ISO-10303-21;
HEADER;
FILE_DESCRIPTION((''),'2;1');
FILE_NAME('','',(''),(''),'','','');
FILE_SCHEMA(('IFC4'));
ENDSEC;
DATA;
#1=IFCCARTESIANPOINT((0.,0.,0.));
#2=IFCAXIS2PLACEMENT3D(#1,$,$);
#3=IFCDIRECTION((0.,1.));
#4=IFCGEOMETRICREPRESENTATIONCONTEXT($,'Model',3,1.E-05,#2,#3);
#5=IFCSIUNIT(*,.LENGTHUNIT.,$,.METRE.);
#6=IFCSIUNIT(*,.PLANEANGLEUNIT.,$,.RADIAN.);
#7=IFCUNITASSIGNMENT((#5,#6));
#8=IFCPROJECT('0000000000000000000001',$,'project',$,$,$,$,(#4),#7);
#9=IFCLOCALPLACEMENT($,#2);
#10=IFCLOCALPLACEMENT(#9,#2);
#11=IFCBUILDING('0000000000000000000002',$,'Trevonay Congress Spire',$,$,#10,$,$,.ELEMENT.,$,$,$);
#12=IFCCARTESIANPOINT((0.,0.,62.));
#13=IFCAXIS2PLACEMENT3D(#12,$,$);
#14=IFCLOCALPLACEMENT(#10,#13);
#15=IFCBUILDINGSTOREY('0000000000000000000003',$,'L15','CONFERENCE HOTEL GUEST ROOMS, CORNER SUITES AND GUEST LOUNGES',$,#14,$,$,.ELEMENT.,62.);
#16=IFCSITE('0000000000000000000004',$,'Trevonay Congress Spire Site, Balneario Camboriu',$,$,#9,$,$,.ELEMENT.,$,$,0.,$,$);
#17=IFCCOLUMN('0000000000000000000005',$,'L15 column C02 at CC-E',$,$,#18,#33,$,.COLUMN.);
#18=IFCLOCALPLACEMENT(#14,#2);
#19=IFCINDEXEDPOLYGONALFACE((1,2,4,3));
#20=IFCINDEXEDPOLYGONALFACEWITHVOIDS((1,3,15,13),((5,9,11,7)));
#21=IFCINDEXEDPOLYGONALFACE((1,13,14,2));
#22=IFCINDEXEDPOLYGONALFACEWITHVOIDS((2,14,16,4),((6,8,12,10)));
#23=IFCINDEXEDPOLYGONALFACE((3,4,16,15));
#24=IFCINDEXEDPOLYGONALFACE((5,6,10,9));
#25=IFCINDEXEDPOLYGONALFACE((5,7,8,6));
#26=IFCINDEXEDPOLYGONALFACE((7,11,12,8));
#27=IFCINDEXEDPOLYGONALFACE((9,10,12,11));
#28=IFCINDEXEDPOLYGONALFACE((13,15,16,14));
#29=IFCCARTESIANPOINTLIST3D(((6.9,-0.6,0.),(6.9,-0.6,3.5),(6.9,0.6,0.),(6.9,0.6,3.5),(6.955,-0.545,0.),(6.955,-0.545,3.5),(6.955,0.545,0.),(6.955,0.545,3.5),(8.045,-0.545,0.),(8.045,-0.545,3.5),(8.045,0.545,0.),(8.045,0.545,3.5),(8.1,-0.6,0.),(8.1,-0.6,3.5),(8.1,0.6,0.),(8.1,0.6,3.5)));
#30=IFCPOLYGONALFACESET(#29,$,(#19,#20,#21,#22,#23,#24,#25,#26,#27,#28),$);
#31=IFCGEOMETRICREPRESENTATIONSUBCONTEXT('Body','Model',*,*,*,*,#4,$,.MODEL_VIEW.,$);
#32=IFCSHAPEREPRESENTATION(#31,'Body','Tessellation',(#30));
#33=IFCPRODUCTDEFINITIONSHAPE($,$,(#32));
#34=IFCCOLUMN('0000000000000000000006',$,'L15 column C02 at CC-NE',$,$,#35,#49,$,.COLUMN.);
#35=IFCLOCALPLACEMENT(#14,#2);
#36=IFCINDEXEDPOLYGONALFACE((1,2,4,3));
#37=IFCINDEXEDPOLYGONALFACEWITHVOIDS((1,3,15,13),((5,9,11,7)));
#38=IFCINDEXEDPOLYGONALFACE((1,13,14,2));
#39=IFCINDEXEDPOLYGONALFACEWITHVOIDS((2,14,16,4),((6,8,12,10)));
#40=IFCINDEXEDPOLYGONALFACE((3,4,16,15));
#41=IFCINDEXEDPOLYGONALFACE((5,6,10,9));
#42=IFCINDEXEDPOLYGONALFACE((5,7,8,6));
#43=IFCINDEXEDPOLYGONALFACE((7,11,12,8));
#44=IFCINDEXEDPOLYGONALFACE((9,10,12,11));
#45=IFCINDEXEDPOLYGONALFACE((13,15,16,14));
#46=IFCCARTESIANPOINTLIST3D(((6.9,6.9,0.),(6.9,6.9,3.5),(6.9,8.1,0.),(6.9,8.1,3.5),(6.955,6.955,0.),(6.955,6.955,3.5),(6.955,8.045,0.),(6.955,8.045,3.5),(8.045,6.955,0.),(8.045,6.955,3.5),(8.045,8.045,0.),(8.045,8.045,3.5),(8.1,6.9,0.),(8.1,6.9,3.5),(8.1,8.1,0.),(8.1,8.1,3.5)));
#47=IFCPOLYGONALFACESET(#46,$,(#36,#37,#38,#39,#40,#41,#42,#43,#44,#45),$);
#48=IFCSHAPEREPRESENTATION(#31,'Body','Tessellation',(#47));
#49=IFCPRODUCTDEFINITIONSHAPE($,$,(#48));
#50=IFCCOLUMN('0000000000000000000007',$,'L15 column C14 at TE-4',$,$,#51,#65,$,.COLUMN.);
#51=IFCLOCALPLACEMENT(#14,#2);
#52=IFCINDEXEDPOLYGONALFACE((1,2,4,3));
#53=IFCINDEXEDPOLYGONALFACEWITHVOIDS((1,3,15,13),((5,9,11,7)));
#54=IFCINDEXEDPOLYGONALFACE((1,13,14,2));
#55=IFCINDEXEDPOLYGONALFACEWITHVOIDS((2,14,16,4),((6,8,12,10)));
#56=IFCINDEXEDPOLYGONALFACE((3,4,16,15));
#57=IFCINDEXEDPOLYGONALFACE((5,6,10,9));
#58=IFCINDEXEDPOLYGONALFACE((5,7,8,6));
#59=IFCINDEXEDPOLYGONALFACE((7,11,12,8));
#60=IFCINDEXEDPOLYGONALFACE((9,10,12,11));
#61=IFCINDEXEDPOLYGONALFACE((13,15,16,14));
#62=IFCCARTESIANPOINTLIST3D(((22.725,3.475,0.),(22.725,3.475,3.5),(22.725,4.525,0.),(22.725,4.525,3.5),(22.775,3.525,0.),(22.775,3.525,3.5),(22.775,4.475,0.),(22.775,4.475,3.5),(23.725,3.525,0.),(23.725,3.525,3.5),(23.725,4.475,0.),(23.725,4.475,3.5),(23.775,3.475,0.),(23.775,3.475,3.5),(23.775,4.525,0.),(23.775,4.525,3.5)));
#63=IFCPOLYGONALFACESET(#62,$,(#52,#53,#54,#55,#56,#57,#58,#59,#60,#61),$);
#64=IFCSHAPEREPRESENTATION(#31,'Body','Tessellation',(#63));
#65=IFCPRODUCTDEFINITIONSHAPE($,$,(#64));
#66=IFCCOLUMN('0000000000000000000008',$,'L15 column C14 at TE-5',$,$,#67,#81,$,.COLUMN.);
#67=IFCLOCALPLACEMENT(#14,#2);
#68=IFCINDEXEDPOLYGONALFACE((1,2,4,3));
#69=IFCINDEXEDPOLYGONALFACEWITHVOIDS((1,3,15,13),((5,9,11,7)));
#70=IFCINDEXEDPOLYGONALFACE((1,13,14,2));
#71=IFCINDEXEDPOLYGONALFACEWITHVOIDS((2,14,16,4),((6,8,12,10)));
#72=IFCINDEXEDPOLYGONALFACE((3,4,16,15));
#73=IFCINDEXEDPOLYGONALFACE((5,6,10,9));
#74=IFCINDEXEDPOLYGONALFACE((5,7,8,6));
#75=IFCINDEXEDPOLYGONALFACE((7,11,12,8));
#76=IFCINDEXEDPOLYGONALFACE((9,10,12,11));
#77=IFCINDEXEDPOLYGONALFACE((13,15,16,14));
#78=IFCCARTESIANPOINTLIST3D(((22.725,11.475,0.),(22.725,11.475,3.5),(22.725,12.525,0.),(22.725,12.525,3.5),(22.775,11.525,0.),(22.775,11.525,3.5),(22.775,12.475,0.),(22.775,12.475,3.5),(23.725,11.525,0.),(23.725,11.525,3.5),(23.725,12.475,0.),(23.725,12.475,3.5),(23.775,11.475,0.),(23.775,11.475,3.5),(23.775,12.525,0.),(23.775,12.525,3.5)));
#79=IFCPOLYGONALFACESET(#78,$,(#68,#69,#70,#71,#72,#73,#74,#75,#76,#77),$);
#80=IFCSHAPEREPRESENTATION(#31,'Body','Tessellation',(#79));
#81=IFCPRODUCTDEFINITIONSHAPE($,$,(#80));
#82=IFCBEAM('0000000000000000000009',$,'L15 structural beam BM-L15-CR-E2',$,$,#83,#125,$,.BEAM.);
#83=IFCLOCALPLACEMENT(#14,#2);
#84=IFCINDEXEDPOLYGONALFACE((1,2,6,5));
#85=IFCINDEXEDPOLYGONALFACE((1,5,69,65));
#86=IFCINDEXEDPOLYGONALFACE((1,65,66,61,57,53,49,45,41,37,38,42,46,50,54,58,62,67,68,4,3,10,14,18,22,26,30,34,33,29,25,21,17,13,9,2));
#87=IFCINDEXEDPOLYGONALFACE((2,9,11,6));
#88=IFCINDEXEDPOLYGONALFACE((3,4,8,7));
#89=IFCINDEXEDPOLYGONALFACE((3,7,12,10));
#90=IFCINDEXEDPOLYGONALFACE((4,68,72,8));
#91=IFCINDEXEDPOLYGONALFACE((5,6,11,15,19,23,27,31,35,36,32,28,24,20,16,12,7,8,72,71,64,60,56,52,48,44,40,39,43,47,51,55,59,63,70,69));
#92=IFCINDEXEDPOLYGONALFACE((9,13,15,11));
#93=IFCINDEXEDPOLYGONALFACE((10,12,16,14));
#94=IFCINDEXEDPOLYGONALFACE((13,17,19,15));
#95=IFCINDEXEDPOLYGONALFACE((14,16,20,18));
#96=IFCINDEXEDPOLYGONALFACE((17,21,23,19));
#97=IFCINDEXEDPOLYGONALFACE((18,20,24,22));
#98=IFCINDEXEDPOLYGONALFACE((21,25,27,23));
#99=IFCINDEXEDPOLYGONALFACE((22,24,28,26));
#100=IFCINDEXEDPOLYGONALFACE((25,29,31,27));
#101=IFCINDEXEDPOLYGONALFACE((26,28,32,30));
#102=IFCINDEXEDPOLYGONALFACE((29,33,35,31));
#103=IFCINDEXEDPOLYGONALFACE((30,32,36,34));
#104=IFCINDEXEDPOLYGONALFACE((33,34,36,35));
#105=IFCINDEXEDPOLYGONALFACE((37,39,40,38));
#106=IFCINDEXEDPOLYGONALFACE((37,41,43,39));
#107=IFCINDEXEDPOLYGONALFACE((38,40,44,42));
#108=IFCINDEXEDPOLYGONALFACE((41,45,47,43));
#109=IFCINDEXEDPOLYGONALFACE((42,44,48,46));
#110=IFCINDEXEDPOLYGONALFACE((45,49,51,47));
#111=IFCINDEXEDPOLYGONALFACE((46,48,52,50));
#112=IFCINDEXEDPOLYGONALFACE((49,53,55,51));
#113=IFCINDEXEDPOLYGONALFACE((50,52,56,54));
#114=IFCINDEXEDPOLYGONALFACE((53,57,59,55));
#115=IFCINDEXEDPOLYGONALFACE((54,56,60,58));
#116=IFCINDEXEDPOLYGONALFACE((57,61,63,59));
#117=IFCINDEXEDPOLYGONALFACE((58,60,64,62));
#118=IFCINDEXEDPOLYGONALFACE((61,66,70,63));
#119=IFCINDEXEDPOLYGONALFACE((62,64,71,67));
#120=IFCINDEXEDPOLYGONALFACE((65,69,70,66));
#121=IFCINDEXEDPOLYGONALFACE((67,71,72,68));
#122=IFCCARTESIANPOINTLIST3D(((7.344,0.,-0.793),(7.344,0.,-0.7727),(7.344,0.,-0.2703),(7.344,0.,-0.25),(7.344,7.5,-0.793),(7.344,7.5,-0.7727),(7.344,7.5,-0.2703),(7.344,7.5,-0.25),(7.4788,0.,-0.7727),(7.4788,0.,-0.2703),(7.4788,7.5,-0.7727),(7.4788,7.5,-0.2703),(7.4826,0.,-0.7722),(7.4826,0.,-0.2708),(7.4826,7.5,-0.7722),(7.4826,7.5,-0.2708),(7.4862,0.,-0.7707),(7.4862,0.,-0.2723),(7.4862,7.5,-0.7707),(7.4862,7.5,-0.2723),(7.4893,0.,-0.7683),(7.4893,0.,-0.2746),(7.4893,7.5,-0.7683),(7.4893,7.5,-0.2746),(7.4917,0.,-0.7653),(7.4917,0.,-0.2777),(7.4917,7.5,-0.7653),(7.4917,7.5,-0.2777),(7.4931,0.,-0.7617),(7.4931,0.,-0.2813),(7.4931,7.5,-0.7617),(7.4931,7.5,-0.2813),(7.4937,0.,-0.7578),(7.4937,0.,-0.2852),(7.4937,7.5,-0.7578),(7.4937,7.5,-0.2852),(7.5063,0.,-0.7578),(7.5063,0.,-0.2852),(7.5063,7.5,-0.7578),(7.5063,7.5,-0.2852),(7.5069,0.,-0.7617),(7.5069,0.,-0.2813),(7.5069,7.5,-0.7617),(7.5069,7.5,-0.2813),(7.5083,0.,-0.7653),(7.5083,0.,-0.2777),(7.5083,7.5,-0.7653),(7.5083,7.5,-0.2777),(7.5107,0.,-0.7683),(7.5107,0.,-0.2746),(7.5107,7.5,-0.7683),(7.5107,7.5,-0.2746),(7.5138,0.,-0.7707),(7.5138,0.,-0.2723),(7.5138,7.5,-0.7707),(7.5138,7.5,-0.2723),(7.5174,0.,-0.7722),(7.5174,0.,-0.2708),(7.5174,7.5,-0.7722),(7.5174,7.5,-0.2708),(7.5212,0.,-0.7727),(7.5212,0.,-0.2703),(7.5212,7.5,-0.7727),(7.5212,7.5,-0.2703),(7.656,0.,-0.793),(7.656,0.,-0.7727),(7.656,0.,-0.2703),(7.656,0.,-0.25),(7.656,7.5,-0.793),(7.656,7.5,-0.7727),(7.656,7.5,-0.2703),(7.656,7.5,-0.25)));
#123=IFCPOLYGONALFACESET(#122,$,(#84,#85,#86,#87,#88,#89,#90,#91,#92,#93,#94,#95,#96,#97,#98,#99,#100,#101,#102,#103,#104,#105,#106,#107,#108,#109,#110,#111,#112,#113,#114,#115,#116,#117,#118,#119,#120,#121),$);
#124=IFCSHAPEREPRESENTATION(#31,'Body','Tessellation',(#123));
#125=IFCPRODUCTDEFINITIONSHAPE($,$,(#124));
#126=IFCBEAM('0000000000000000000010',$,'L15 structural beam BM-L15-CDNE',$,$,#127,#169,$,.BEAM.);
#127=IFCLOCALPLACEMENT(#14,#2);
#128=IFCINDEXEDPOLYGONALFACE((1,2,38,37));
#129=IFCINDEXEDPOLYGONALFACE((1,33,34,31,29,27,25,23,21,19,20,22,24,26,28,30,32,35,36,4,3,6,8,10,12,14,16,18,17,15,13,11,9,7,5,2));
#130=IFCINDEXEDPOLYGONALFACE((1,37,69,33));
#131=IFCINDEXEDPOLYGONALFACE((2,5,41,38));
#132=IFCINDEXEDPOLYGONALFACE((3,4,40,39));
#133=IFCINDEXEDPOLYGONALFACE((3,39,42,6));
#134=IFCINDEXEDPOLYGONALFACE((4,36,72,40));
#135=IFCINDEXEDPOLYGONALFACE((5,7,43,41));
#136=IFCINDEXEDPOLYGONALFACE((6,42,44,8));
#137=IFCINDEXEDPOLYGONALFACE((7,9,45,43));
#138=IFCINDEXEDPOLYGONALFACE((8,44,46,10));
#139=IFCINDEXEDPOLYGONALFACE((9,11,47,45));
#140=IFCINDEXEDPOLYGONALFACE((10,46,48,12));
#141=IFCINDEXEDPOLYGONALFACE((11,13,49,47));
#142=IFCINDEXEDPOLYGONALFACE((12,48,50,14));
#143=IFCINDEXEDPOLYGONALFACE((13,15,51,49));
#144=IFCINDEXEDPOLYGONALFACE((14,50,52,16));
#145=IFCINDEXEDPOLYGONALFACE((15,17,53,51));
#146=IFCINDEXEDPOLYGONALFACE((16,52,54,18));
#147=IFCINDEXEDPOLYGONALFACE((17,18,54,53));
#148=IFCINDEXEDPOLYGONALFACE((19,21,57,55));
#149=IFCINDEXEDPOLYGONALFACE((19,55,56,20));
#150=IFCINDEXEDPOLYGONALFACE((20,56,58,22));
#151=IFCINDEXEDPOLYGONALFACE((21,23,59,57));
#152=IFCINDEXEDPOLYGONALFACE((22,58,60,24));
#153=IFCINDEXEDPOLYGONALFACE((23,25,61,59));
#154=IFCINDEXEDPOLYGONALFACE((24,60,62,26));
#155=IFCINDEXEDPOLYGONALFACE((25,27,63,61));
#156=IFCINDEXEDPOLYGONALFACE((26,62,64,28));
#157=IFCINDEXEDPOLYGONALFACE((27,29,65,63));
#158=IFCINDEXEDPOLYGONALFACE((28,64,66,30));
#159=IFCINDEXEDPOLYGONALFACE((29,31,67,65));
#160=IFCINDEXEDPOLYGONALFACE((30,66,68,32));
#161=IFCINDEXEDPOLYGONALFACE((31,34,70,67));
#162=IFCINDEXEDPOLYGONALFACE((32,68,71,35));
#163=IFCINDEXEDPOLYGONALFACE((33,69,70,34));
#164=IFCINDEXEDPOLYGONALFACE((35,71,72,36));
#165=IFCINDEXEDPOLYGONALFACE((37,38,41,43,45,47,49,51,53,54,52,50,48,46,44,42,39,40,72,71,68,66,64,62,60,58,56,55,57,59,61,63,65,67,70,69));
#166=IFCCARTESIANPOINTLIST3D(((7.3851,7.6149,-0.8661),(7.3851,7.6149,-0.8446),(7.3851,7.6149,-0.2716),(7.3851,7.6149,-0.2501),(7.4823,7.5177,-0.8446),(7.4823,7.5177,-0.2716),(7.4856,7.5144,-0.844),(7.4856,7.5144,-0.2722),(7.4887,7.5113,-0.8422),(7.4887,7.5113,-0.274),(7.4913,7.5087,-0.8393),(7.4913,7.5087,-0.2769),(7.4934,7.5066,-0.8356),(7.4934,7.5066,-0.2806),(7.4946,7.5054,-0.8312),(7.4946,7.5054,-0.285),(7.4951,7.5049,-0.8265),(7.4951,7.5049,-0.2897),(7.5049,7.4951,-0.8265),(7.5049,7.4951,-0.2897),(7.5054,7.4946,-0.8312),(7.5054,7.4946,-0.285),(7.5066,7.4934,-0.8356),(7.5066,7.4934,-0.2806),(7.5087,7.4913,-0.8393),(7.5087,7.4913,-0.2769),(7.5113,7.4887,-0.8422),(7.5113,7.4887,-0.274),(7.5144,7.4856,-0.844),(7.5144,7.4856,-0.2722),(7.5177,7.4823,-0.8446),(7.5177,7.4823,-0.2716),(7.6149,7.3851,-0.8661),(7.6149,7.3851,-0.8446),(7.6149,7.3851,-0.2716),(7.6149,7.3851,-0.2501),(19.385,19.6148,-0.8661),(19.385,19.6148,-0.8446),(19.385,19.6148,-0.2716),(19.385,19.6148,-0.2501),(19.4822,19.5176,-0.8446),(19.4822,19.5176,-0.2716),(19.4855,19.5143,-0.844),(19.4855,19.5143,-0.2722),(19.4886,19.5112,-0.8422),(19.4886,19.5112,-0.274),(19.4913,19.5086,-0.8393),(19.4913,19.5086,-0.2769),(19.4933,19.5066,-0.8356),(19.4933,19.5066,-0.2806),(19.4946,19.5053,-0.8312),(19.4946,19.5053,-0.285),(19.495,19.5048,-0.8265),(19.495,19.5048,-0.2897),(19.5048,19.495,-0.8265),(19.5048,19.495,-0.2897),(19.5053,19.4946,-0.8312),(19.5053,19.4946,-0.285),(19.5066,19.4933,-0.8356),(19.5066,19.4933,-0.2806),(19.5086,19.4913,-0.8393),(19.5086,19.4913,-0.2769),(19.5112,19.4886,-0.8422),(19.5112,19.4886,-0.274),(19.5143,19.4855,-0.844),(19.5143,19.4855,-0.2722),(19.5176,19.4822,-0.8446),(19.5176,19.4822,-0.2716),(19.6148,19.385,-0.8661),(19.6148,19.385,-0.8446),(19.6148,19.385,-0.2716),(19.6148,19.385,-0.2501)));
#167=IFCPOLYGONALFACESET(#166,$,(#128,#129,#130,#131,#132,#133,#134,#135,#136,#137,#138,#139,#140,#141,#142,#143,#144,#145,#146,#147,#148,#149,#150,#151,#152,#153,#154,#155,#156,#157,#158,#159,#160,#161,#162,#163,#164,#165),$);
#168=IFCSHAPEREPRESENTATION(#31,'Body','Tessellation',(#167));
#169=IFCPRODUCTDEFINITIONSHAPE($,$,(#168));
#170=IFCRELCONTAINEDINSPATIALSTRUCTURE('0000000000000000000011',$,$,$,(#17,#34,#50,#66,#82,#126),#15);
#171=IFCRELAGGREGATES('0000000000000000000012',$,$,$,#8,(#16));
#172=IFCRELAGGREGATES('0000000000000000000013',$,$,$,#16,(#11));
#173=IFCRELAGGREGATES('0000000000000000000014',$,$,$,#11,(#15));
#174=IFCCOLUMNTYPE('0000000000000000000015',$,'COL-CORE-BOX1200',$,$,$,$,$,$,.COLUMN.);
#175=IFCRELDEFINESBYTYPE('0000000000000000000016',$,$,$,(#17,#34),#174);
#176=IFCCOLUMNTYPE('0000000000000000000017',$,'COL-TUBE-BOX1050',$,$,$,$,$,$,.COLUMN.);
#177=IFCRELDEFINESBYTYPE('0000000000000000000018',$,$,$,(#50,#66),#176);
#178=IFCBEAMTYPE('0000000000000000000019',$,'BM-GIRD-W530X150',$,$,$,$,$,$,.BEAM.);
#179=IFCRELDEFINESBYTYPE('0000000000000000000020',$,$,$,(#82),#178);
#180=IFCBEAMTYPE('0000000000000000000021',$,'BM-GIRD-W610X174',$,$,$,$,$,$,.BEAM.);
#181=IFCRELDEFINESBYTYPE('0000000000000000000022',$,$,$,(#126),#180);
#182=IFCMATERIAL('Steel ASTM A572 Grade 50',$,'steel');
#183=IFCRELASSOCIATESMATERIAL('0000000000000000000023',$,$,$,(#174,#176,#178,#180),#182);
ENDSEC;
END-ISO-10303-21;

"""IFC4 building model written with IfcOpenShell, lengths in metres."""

from ifc_helpers import new_model, si_unit, direction, frame, origin, origin_2d, place, context, subcontext, project, spatial, hollow_rectangle, i_section, extrude, material, material_profile, profile_set, type_object, element, save


model = new_model("IFC4")

# Units and contexts
model_context = context("Model", 3, precision=1e-05, world=origin(), true_north=direction((0.0, 1.0)))
body_context = subcontext(model_context, "Body", "Model", "MODEL_VIEW")
ifc_project = project(units=[si_unit("LENGTHUNIT", "METRE"), si_unit("PLANEANGLEUNIT", "RADIAN")], contexts=[model_context])

# Site, building, storey
site_placement = place(None, origin())
site = spatial("IfcSite", under=ifc_project, at=site_placement, Name="Trevonay Congress Spire Site, Balneario Camboriu", CompositionType="ELEMENT", RefElevation=0.0)
building_placement = place(site_placement, origin())
building = spatial("IfcBuilding", under=site, at=building_placement, Name="Trevonay Congress Spire", CompositionType="ELEMENT")
storey_placement = place(building_placement, frame((0.0, 0.0, 62.0)))
storey = spatial("IfcBuildingStorey", under=building, at=storey_placement, Name="L15", Description="CONFERENCE HOTEL GUEST ROOMS, CORNER SUITES AND GUEST LOUNGES", CompositionType="ELEMENT", Elevation=62.0)

# Columns
ifc_material_1 = material(Name="Steel ASTM A572 Grade 50", Category="steel")
ifc_material_profile_1 = material_profile(ifc_material_1, hollow_rectangle(XDim=1.2, YDim=1.2, WallThickness=0.0549, at=origin_2d()), Name="BOX 1200x1200x55")
ifc_profile_set_1 = profile_set([ifc_material_profile_1], Name="Steel ASTM A572 Grade 50")
column_type_1 = type_object("IfcColumnType", Name="COL-CORE-BOX1200", PredefinedType="COLUMN", material=ifc_profile_set_1)
for number, where, z_axis, x_axis, name in (
    (1, (7.5, 0.0, 0.0), (0.0, 0.0, 1.0), (1.0, 0.0, 0.0), "L15 column C02 at CC-E"),
    (2, (7.5, 7.5, 0.0), (0.0, 0.0, 1.0), (1.0, 0.0, 0.0), "L15 column C02 at CC-NE"),
):
    element("IfcColumn", number, at=place(storey_placement, frame(where, z_axis=z_axis, x_axis=x_axis)), inside=storey, type_object=column_type_1, Name=name, PredefinedType="COLUMN", context=body_context, shape_type="SweptSolid", body=[
        extrude(hollow_rectangle(XDim=1.2, YDim=1.2, WallThickness=0.0549, at=origin_2d()), origin(), (0.0, 0.0, 1.0), 3.5),
    ])
ifc_material_profile_2 = material_profile(ifc_material_1, hollow_rectangle(XDim=1.05, YDim=1.05, WallThickness=0.05, at=origin_2d()), Name="BOX 1050x1050x50")
ifc_profile_set_2 = profile_set([ifc_material_profile_2], Name="Steel ASTM A572 Grade 50")
column_type_2 = type_object("IfcColumnType", Name="COL-TUBE-BOX1050", PredefinedType="COLUMN", material=ifc_profile_set_2)
for number, where, z_axis, x_axis, name in (
    (3, (23.25, 4.0, 0.0), (0.0, 0.0, 1.0), (1.0, 0.0, 0.0), "L15 column C14 at TE-4"),
    (4, (23.25, 12.0, 0.0), (0.0, 0.0, 1.0), (1.0, 0.0, 0.0), "L15 column C14 at TE-5"),
):
    element("IfcColumn", number, at=place(storey_placement, frame(where, z_axis=z_axis, x_axis=x_axis)), inside=storey, type_object=column_type_2, Name=name, PredefinedType="COLUMN", context=body_context, shape_type="SweptSolid", body=[
        extrude(hollow_rectangle(XDim=1.05, YDim=1.05, WallThickness=0.05, at=origin_2d()), origin(), (0.0, 0.0, 1.0), 3.5),
    ])

# Beams
ifc_material_profile_3 = material_profile(ifc_material_1, i_section(OverallWidth=0.312, OverallDepth=0.543, WebThickness=0.0127, FlangeThickness=0.0203, FilletRadius=0.0149, at=origin_2d()), Name="W530x150")
ifc_profile_set_3 = profile_set([ifc_material_profile_3], Name="Steel ASTM A572 Grade 50")
beam_type_1 = type_object("IfcBeamType", Name="BM-GIRD-W530X150", PredefinedType="BEAM", material=ifc_profile_set_3)
beam_1_placement = place(storey_placement, frame((7.5, 0.0, -0.5215), z_axis=(0.0, 1.0, 0.0), x_axis=(-1.0, 0.0, 0.0)))
element("IfcBeam", 5, at=beam_1_placement, inside=storey, type_object=beam_type_1, Name="L15 structural beam BM-L15-CR-E2", PredefinedType="BEAM", context=body_context, shape_type="SweptSolid", body=[
    extrude(i_section(OverallWidth=0.312, OverallDepth=0.543, WebThickness=0.0127, FlangeThickness=0.0203, FilletRadius=0.0149, at=origin_2d()), origin(), (0.0, 0.0, 1.0), 7.5),
])
ifc_material_profile_4 = material_profile(ifc_material_1, i_section(OverallWidth=0.325, OverallDepth=0.616, WebThickness=0.0139, FlangeThickness=0.0215, FilletRadius=0.0181, at=origin_2d()), Name="W610x174")
ifc_profile_set_4 = profile_set([ifc_material_profile_4], Name="Steel ASTM A572 Grade 50")
beam_type_2 = type_object("IfcBeamType", Name="BM-GIRD-W610X174", PredefinedType="BEAM", material=ifc_profile_set_4)
beam_2_placement = place(storey_placement, frame((7.5, 7.5, -0.5581), z_axis=(0.707107, 0.707107, 0.0), x_axis=(-0.707107, 0.707107, 0.0)))
element("IfcBeam", 6, at=beam_2_placement, inside=storey, type_object=beam_type_2, Name="L15 structural beam BM-L15-CDNE", PredefinedType="BEAM", context=body_context, shape_type="SweptSolid", body=[
    extrude(i_section(OverallWidth=0.325, OverallDepth=0.616, WebThickness=0.0139, FlangeThickness=0.0215, FilletRadius=0.0181, at=origin_2d()), origin(), (0.0, 0.0, 1.0), 16.9705),
])

save(model, "model.ifc")
